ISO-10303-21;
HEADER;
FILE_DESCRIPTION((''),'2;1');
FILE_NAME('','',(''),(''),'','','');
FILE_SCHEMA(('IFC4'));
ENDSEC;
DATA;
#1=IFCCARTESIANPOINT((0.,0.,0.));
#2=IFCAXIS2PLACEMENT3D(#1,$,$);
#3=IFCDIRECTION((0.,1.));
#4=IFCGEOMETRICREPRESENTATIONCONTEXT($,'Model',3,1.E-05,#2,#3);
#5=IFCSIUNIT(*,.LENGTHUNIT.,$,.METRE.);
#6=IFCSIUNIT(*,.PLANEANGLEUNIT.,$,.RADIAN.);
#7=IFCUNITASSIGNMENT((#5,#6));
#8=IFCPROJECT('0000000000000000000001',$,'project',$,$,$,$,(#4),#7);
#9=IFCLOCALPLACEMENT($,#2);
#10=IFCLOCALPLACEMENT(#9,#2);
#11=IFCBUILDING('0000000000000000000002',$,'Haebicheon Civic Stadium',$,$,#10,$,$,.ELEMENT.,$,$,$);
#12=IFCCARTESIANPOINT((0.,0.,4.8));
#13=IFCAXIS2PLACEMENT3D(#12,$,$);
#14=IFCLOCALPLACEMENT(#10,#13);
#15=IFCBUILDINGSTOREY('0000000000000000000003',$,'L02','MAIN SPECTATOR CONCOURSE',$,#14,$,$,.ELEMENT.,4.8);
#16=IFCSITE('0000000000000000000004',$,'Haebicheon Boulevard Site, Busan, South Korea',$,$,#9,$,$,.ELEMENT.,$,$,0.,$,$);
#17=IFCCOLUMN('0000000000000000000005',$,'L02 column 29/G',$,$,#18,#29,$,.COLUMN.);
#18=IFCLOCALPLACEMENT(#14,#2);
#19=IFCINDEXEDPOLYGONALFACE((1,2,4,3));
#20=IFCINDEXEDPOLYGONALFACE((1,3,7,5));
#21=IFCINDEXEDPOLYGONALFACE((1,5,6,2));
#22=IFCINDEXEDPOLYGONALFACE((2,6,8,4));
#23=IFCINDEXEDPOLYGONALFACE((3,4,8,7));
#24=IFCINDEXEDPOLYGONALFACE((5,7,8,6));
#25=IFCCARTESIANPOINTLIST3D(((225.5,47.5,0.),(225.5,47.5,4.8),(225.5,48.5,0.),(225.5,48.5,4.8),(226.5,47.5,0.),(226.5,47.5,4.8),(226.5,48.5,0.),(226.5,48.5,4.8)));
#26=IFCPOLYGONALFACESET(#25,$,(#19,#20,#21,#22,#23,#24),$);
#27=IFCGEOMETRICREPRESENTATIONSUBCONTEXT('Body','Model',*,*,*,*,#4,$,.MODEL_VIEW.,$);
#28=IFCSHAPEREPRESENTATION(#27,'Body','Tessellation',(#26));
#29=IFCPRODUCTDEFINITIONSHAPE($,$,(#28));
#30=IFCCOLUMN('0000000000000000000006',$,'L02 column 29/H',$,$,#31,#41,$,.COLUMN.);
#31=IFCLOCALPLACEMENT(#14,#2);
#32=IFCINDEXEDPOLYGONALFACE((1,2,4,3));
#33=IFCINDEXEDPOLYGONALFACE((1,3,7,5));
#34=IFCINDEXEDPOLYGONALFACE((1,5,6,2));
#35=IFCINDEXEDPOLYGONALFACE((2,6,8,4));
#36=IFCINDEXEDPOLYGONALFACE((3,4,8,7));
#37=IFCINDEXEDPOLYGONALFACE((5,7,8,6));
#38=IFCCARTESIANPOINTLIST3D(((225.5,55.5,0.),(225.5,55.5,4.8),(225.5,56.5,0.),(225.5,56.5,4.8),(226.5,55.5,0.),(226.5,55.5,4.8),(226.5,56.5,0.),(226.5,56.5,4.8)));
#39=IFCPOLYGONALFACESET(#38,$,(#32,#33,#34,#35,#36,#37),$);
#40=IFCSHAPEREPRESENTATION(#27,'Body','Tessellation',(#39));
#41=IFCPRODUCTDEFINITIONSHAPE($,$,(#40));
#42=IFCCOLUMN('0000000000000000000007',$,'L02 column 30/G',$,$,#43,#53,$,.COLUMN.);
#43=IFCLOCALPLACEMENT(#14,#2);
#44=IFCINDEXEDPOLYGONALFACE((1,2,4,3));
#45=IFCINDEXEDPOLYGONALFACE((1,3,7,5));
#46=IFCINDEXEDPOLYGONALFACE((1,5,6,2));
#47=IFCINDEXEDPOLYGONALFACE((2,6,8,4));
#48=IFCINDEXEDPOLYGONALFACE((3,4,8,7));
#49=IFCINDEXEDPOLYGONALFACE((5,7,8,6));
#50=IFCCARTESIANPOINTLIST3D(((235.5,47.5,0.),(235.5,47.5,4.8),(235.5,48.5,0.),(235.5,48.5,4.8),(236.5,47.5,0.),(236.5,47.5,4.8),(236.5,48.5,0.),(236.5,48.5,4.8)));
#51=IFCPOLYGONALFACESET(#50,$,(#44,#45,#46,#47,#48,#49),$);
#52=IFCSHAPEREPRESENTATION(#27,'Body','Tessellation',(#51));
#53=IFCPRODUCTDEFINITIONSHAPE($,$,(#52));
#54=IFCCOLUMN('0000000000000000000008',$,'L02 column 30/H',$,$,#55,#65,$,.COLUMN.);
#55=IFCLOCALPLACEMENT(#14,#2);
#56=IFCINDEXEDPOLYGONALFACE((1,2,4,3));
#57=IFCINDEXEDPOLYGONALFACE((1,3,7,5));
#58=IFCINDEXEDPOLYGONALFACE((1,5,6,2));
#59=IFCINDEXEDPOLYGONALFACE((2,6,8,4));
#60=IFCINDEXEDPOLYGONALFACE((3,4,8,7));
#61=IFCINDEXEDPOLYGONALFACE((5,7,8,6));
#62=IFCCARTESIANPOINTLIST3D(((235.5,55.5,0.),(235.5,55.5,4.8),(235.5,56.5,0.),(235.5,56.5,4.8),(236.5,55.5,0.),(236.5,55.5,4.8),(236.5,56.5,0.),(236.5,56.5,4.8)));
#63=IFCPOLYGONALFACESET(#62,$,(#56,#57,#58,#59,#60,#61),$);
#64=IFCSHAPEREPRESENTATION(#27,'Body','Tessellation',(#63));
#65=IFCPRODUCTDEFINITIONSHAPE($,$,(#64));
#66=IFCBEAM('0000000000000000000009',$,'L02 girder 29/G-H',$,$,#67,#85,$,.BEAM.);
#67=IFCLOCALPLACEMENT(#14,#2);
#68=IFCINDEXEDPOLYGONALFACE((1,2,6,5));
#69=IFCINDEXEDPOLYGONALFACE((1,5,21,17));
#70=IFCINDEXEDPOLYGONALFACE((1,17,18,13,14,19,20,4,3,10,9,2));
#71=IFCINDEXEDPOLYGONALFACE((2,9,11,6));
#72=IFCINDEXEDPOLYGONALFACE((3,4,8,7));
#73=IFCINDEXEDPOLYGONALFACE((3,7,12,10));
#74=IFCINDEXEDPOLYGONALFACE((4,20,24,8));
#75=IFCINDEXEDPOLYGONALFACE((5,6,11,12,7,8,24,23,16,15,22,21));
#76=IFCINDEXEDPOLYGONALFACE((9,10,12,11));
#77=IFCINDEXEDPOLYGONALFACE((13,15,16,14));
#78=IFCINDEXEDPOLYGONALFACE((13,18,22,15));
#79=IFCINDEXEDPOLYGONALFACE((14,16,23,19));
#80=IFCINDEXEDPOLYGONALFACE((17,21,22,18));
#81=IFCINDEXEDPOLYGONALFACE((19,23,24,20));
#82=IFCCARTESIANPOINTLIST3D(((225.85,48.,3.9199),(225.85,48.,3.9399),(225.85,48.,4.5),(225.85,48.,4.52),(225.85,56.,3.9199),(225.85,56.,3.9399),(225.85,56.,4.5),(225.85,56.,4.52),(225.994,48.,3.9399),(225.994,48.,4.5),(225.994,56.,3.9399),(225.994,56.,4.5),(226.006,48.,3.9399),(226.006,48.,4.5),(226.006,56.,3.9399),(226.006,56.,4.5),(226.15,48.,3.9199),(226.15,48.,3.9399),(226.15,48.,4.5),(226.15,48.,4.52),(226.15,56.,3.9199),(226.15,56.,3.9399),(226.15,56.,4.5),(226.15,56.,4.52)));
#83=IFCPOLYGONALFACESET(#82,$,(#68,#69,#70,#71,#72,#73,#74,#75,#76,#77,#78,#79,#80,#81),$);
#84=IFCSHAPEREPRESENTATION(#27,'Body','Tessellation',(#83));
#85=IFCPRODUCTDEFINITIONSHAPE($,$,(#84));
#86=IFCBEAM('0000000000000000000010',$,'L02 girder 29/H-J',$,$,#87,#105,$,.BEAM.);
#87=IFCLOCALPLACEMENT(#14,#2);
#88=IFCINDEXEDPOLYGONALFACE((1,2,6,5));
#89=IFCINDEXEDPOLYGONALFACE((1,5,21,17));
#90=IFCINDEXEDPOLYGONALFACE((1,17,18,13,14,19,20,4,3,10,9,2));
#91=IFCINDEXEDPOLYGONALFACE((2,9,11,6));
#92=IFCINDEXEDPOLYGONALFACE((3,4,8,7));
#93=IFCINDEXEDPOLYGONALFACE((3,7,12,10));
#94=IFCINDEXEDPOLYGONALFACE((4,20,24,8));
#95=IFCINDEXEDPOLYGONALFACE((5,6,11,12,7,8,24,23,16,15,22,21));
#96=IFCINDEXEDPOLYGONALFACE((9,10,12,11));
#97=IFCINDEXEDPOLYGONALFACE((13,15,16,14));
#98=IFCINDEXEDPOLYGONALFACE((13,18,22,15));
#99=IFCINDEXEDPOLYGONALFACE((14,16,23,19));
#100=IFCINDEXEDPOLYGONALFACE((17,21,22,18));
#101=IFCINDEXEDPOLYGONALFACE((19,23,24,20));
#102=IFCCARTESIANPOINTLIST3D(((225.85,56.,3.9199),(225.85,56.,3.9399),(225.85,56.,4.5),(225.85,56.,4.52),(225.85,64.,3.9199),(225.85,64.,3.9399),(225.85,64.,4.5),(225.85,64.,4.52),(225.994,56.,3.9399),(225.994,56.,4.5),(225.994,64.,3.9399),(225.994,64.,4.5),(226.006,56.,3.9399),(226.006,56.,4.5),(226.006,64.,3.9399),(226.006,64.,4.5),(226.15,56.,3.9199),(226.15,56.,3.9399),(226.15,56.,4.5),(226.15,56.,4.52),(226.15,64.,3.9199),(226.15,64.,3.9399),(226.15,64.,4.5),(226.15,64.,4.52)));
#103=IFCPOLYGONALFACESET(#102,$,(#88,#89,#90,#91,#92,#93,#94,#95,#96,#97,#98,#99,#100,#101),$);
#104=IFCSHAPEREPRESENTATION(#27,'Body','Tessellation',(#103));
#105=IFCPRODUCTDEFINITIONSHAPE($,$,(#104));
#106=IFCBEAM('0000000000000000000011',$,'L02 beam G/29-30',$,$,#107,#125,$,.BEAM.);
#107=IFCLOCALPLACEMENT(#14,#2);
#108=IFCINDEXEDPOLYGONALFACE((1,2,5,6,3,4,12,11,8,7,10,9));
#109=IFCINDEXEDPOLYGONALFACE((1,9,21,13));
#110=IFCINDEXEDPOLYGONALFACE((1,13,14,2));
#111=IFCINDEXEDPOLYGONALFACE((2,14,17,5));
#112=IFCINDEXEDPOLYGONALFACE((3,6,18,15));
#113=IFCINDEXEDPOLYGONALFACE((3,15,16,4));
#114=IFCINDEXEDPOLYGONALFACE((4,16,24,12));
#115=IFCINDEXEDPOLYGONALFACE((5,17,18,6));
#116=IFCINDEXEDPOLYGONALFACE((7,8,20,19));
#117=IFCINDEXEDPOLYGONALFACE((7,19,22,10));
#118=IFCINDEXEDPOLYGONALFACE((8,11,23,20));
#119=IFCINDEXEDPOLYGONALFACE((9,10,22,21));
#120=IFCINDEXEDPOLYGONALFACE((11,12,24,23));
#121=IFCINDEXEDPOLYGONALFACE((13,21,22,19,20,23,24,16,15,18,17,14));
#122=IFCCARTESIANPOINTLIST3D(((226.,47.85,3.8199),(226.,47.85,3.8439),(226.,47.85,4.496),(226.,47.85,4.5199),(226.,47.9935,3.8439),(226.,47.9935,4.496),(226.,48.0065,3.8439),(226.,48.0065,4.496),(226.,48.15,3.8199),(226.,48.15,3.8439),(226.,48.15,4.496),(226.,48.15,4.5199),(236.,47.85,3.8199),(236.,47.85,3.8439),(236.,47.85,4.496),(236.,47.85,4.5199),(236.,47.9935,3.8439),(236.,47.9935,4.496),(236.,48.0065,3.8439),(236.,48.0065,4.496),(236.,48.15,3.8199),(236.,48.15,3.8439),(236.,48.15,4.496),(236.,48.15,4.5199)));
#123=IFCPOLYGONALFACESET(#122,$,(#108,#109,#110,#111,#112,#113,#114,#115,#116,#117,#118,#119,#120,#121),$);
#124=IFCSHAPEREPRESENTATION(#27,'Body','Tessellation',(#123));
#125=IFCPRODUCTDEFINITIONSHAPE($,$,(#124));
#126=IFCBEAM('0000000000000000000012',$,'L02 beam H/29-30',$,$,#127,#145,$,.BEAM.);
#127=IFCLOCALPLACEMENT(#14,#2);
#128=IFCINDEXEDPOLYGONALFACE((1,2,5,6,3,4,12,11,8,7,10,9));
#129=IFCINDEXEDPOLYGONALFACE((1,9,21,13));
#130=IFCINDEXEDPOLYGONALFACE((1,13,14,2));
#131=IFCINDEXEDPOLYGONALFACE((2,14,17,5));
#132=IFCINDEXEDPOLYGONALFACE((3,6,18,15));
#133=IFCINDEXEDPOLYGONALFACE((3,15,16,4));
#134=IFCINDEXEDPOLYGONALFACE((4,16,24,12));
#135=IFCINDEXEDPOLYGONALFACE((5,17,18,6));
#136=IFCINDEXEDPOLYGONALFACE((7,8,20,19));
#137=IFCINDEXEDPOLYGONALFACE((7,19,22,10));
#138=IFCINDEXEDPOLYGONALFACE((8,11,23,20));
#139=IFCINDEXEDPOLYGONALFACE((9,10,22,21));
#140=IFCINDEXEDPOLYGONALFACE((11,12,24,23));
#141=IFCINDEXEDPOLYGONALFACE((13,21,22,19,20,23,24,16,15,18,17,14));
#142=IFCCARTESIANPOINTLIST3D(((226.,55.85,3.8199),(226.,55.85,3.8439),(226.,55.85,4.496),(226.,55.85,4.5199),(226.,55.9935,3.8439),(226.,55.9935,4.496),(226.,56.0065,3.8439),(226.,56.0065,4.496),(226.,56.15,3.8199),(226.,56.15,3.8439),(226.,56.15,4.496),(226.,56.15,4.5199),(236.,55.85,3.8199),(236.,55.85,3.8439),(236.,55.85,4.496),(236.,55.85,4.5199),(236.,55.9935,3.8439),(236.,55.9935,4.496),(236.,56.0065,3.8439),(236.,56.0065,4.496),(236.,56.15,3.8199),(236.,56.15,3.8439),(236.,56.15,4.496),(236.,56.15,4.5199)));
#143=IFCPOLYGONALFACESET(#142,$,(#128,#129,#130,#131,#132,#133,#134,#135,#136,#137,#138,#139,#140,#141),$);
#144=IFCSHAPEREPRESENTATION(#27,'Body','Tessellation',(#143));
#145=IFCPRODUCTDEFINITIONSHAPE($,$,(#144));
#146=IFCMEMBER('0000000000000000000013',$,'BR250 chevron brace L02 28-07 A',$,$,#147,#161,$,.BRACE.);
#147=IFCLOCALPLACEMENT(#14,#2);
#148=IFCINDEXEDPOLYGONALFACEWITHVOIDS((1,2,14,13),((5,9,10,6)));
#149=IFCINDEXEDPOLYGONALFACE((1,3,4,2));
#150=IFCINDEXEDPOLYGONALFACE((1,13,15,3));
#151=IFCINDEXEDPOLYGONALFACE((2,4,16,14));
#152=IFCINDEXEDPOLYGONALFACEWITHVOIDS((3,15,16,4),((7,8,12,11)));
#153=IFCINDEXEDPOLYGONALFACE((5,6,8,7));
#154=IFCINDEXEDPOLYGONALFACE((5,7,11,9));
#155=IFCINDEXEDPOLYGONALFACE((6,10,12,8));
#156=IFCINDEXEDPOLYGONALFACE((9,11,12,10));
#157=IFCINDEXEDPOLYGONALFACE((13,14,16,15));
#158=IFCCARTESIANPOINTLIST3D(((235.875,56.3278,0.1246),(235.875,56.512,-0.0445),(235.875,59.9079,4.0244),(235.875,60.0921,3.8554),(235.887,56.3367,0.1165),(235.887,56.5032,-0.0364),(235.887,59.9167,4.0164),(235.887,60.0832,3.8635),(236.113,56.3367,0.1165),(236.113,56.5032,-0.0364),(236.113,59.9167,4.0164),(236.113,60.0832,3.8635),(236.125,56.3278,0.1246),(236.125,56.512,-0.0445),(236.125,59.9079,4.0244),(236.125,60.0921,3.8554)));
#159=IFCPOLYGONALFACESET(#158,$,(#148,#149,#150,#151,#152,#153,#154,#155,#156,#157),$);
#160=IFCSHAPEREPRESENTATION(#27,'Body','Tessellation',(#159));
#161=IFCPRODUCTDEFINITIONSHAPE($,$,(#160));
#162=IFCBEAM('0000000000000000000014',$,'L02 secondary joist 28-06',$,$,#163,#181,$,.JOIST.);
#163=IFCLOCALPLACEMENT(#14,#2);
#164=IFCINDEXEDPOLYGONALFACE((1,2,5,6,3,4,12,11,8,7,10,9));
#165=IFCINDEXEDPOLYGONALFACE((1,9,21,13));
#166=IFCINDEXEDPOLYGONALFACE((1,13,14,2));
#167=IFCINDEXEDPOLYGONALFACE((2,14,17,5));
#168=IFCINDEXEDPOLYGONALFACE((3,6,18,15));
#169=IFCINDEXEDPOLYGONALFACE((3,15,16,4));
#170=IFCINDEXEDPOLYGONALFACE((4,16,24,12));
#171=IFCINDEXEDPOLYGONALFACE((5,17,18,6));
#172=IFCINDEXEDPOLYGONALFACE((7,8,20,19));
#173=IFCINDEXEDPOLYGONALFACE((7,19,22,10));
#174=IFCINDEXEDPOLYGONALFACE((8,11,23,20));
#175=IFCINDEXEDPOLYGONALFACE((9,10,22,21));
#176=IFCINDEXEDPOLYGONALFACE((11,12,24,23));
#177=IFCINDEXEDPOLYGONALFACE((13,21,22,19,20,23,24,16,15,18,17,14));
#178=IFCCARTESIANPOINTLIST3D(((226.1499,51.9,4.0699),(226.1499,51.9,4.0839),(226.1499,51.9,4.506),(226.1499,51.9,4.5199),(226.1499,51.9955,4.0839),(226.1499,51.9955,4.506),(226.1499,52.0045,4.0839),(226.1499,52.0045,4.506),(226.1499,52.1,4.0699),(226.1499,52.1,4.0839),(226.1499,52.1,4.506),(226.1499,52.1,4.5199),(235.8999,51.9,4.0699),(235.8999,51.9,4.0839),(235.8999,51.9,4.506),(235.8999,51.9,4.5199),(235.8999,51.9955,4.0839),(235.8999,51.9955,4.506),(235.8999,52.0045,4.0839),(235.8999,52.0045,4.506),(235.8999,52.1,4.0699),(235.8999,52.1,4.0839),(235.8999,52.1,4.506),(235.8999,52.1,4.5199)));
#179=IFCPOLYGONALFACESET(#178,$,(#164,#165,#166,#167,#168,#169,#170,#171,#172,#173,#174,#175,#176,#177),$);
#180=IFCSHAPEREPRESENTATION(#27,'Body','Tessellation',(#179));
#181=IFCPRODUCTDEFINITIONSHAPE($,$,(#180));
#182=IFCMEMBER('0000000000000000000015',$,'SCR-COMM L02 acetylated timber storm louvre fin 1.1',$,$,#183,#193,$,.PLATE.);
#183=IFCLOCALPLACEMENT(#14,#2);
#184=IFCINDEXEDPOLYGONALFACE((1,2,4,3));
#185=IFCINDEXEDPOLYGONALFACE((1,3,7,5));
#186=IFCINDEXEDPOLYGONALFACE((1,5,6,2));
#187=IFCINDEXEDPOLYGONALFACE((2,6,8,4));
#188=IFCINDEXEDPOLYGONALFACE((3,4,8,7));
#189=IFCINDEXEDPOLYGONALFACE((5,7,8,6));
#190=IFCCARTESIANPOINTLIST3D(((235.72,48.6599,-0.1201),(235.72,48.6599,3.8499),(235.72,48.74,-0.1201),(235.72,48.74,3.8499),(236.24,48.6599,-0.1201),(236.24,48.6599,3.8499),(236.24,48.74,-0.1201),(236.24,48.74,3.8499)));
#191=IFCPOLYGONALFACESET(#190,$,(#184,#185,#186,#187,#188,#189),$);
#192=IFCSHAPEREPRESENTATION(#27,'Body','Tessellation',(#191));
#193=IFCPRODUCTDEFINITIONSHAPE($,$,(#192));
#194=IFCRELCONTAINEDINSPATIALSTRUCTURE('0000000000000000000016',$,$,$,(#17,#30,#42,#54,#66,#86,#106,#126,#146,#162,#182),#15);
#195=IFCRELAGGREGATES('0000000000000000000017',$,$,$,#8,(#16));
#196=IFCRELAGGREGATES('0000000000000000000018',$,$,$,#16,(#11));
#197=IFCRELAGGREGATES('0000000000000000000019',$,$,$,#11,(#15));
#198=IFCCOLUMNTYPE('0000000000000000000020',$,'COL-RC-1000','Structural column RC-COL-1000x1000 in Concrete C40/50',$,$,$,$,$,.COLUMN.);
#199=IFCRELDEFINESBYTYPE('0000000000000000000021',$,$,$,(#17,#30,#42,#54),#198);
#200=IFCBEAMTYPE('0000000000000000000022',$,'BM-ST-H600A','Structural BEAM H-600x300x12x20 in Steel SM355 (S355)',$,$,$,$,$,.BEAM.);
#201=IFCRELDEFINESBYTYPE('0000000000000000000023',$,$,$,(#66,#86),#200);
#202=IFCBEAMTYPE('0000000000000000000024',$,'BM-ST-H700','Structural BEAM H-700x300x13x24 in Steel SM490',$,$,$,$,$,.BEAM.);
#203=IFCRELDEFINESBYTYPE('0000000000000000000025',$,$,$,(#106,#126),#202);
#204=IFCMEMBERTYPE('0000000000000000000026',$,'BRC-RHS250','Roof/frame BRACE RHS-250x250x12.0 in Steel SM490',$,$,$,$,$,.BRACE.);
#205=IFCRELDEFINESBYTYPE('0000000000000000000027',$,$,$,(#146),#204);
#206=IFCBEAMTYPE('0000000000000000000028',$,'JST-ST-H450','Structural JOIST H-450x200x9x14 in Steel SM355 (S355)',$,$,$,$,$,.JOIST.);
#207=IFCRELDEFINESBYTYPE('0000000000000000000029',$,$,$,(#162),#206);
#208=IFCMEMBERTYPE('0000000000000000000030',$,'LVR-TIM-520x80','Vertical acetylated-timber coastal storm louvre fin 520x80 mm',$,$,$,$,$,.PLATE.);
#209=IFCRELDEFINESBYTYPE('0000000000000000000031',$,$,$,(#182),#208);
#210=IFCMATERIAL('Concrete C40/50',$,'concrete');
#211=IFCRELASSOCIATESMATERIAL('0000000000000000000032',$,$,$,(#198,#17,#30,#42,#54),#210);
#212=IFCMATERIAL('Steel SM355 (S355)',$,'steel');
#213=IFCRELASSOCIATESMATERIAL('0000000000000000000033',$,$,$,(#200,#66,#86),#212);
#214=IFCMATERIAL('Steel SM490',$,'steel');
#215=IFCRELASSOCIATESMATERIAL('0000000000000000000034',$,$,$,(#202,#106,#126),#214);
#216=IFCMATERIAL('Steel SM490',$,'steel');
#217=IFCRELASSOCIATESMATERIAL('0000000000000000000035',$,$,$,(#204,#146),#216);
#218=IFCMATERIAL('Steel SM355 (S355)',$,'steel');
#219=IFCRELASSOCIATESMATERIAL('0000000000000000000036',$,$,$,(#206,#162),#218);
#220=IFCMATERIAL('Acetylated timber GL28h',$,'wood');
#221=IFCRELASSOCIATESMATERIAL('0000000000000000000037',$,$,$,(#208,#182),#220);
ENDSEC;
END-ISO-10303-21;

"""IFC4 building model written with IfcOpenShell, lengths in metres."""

from ifc_helpers import new_model, si_unit, direction, frame, origin, origin_2d, place, context, subcontext, project, spatial, rectangle, hollow_rectangle, i_section, extrude, material, material_profile, profile_set, type_object, element, save


model = new_model("IFC4")

# Units and contexts
model_context = context("Model", 3, precision=1e-05, world=origin(), true_north=direction((0.0, 1.0)))
body_context = subcontext(model_context, "Body", "Model", "MODEL_VIEW")
ifc_project = project(units=[si_unit("LENGTHUNIT", "METRE"), si_unit("PLANEANGLEUNIT", "RADIAN")], contexts=[model_context])

# Site, building, storey
site_placement = place(None, origin())
site = spatial("IfcSite", under=ifc_project, at=site_placement, Name="Haebicheon Boulevard Site, Busan, South Korea", CompositionType="ELEMENT", RefElevation=0.0)
building_placement = place(site_placement, origin())
building = spatial("IfcBuilding", under=site, at=building_placement, Name="Haebicheon Civic Stadium", CompositionType="ELEMENT")
storey_placement = place(building_placement, frame((0.0, 0.0, 4.8)))
storey = spatial("IfcBuildingStorey", under=building, at=storey_placement, Name="L02", Description="MAIN SPECTATOR CONCOURSE", CompositionType="ELEMENT", Elevation=4.8)

# Columns
ifc_material_1 = material(Name="Concrete C40/50", Category="concrete")
ifc_material_profile_1 = material_profile(ifc_material_1, rectangle(XDim=1.0, YDim=1.0, at=origin_2d()), Name="RC-COL-1000x1000")
ifc_profile_set_1 = profile_set([ifc_material_profile_1], Name="Concrete C40/50")
column_type = type_object("IfcColumnType", Name="COL-RC-1000", Description="Structural column RC-COL-1000x1000 in Concrete C40/50", PredefinedType="COLUMN", material=ifc_profile_set_1)
for number, where, z_axis, x_axis, name in (
    (1, (226.0, 48.0, 0.0), (0.0, 0.0, 1.0), (1.0, 0.0, 0.0), "L02 column 29/G"),
    (2, (226.0, 56.0, 0.0), (0.0, 0.0, 1.0), (1.0, 0.0, 0.0), "L02 column 29/H"),
    (3, (236.0, 48.0, 0.0), (0.0, 0.0, 1.0), (1.0, 0.0, 0.0), "L02 column 30/G"),
    (4, (236.0, 56.0, 0.0), (0.0, 0.0, 1.0), (1.0, 0.0, 0.0), "L02 column 30/H"),
):
    element("IfcColumn", number, at=place(storey_placement, frame(where, z_axis=z_axis, x_axis=x_axis)), inside=storey, type_object=column_type, material=ifc_profile_set_1, Name=name, PredefinedType="COLUMN", context=body_context, shape_type="SweptSolid", body=[
        extrude(rectangle(XDim=1.0, YDim=1.0, at=origin_2d()), origin(), (0.0, 0.0, 1.0), 4.8),
    ])

# Beams
ifc_material_2 = material(Name="Steel SM355 (S355)", Category="steel")
ifc_material_profile_2 = material_profile(ifc_material_2, i_section(OverallWidth=0.3, OverallDepth=0.6001, WebThickness=0.012, FlangeThickness=0.02, at=origin_2d()), Name="H-600x300x12x20")
ifc_profile_set_2 = profile_set([ifc_material_profile_2], Name="Steel SM355 (S355)")
beam_type_1 = type_object("IfcBeamType", Name="BM-ST-H600A", Description="Structural BEAM H-600x300x12x20 in Steel SM355 (S355)", PredefinedType="BEAM", material=ifc_profile_set_2)
for number, where, z_axis, x_axis, name in (
    (5, (226.0, 48.0, 4.22), (0.0, 1.0, 0.0), (-1.0, 0.0, 0.0), "L02 girder 29/G-H"),
    (6, (226.0, 56.0, 4.22), (0.0, 1.0, 0.0), (-1.0, 0.0, 0.0), "L02 girder 29/H-J"),
):
    element("IfcBeam", number, at=place(storey_placement, frame(where, z_axis=z_axis, x_axis=x_axis)), inside=storey, type_object=beam_type_1, material=ifc_profile_set_2, Name=name, PredefinedType="BEAM", context=body_context, shape_type="SweptSolid", body=[
        extrude(i_section(OverallWidth=0.3, OverallDepth=0.6001, WebThickness=0.012, FlangeThickness=0.02, at=origin_2d()), origin(), (0.0, 0.0, 1.0), 8.0),
    ])
ifc_material_3 = material(Name="Steel SM490", Category="steel")
ifc_material_profile_3 = material_profile(ifc_material_3, i_section(OverallWidth=0.3, OverallDepth=0.7, WebThickness=0.0129, FlangeThickness=0.0239, at=origin_2d()), Name="H-700x300x13x24")
ifc_profile_set_3 = profile_set([ifc_material_profile_3], Name="Steel SM490")
beam_type_2 = type_object("IfcBeamType", Name="BM-ST-H700", Description="Structural BEAM H-700x300x13x24 in Steel SM490", PredefinedType="BEAM", material=ifc_profile_set_3)
for number, where, z_axis, x_axis, name in (
    (7, (226.0, 48.0, 4.1699), (1.0, 0.0, 0.0), (0.0, 1.0, 0.0), "L02 beam G/29-30"),
    (8, (226.0, 56.0, 4.1699), (1.0, 0.0, 0.0), (0.0, 1.0, 0.0), "L02 beam H/29-30"),
):
    element("IfcBeam", number, at=place(storey_placement, frame(where, z_axis=z_axis, x_axis=x_axis)), inside=storey, type_object=beam_type_2, material=ifc_profile_set_3, Name=name, PredefinedType="BEAM", context=body_context, shape_type="SweptSolid", body=[
        extrude(i_section(OverallWidth=0.3, OverallDepth=0.7, WebThickness=0.0129, FlangeThickness=0.0239, at=origin_2d()), origin(), (0.0, 0.0, 1.0), 10.0),
    ])

# Member
ifc_material_4 = material(Name="Steel SM490", Category="steel")
ifc_material_profile_4 = material_profile(ifc_material_4, hollow_rectangle(XDim=0.25, YDim=0.25, WallThickness=0.012, at=origin_2d()), Name="RHS-250x250x12.0")
ifc_profile_set_4 = profile_set([ifc_material_profile_4], Name="Steel SM490")
member_type_1 = type_object("IfcMemberType", Name="BRC-RHS250", Description="Roof/frame BRACE RHS-250x250x12.0 in Steel SM490", PredefinedType="BRACE", material=ifc_profile_set_4)
member_placement = place(storey_placement, frame((236.0, 56.4199, 0.04), z_axis=(0.0, 0.676255, 0.736668), x_axis=(-1.0, 0.0, 0.0)))
element("IfcMember", 9, at=member_placement, inside=storey, type_object=member_type_1, material=ifc_profile_set_4, Name="BR250 chevron brace L02 28-07 A", PredefinedType="BRACE", context=body_context, shape_type="SweptSolid", body=[
    extrude(hollow_rectangle(XDim=0.25, YDim=0.25, WallThickness=0.012, at=origin_2d()), origin(), (0.0, 0.0, 1.0), 5.2939),
])

# Beam
ifc_material_5 = material(Name="Steel SM355 (S355)", Category="steel")
ifc_material_profile_5 = material_profile(ifc_material_5, i_section(OverallWidth=0.2, OverallDepth=0.45, WebThickness=0.009, FlangeThickness=0.0139, at=origin_2d()), Name="H-450x200x9x14")
ifc_profile_set_5 = profile_set([ifc_material_profile_5], Name="Steel SM355 (S355)")
beam_type_3 = type_object("IfcBeamType", Name="JST-ST-H450", Description="Structural JOIST H-450x200x9x14 in Steel SM355 (S355)", PredefinedType="JOIST", material=ifc_profile_set_5)
beam_placement = place(storey_placement, frame((226.1499, 52.0, 4.2949), z_axis=(1.0, 0.0, 0.0), x_axis=(0.0, 1.0, 0.0)))
element("IfcBeam", 10, at=beam_placement, inside=storey, type_object=beam_type_3, material=ifc_profile_set_5, Name="L02 secondary joist 28-06", PredefinedType="JOIST", context=body_context, shape_type="SweptSolid", body=[
    extrude(i_section(OverallWidth=0.2, OverallDepth=0.45, WebThickness=0.009, FlangeThickness=0.0139, at=origin_2d()), origin(), (0.0, 0.0, 1.0), 9.75),
])

# Member
ifc_material_6 = material(Name="Acetylated timber GL28h", Category="wood")
ifc_material_profile_6 = material_profile(ifc_material_6, rectangle(XDim=0.0801, YDim=0.52, at=origin_2d()), Name="TMB-LOUV-80x520")
ifc_profile_set_6 = profile_set([ifc_material_profile_6], Name="Acetylated timber GL28h")
member_type_2 = type_object("IfcMemberType", Name="LVR-TIM-520x80", Description="Vertical acetylated-timber coastal storm louvre fin 520x80 mm", PredefinedType="PLATE", material=ifc_profile_set_6)
for number, where, z_axis, x_axis, name in (
    (11, (235.98, 48.7, -0.1201), (0.0, 0.0, 1.0), (0.0, 1.0, 0.0), "SCR-COMM L02 acetylated timber storm louvre fin 1.1"),
):
    element("IfcMember", number, at=place(storey_placement, frame(where, z_axis=z_axis, x_axis=x_axis)), inside=storey, type_object=member_type_2, material=ifc_profile_set_6, Name=name, PredefinedType="PLATE", context=body_context, shape_type="SweptSolid", body=[
        extrude(rectangle(XDim=0.0801, YDim=0.52, at=origin_2d()), origin(), (0.0, 0.0, 1.0), 3.97),
    ])

save(model, "model.ifc")
